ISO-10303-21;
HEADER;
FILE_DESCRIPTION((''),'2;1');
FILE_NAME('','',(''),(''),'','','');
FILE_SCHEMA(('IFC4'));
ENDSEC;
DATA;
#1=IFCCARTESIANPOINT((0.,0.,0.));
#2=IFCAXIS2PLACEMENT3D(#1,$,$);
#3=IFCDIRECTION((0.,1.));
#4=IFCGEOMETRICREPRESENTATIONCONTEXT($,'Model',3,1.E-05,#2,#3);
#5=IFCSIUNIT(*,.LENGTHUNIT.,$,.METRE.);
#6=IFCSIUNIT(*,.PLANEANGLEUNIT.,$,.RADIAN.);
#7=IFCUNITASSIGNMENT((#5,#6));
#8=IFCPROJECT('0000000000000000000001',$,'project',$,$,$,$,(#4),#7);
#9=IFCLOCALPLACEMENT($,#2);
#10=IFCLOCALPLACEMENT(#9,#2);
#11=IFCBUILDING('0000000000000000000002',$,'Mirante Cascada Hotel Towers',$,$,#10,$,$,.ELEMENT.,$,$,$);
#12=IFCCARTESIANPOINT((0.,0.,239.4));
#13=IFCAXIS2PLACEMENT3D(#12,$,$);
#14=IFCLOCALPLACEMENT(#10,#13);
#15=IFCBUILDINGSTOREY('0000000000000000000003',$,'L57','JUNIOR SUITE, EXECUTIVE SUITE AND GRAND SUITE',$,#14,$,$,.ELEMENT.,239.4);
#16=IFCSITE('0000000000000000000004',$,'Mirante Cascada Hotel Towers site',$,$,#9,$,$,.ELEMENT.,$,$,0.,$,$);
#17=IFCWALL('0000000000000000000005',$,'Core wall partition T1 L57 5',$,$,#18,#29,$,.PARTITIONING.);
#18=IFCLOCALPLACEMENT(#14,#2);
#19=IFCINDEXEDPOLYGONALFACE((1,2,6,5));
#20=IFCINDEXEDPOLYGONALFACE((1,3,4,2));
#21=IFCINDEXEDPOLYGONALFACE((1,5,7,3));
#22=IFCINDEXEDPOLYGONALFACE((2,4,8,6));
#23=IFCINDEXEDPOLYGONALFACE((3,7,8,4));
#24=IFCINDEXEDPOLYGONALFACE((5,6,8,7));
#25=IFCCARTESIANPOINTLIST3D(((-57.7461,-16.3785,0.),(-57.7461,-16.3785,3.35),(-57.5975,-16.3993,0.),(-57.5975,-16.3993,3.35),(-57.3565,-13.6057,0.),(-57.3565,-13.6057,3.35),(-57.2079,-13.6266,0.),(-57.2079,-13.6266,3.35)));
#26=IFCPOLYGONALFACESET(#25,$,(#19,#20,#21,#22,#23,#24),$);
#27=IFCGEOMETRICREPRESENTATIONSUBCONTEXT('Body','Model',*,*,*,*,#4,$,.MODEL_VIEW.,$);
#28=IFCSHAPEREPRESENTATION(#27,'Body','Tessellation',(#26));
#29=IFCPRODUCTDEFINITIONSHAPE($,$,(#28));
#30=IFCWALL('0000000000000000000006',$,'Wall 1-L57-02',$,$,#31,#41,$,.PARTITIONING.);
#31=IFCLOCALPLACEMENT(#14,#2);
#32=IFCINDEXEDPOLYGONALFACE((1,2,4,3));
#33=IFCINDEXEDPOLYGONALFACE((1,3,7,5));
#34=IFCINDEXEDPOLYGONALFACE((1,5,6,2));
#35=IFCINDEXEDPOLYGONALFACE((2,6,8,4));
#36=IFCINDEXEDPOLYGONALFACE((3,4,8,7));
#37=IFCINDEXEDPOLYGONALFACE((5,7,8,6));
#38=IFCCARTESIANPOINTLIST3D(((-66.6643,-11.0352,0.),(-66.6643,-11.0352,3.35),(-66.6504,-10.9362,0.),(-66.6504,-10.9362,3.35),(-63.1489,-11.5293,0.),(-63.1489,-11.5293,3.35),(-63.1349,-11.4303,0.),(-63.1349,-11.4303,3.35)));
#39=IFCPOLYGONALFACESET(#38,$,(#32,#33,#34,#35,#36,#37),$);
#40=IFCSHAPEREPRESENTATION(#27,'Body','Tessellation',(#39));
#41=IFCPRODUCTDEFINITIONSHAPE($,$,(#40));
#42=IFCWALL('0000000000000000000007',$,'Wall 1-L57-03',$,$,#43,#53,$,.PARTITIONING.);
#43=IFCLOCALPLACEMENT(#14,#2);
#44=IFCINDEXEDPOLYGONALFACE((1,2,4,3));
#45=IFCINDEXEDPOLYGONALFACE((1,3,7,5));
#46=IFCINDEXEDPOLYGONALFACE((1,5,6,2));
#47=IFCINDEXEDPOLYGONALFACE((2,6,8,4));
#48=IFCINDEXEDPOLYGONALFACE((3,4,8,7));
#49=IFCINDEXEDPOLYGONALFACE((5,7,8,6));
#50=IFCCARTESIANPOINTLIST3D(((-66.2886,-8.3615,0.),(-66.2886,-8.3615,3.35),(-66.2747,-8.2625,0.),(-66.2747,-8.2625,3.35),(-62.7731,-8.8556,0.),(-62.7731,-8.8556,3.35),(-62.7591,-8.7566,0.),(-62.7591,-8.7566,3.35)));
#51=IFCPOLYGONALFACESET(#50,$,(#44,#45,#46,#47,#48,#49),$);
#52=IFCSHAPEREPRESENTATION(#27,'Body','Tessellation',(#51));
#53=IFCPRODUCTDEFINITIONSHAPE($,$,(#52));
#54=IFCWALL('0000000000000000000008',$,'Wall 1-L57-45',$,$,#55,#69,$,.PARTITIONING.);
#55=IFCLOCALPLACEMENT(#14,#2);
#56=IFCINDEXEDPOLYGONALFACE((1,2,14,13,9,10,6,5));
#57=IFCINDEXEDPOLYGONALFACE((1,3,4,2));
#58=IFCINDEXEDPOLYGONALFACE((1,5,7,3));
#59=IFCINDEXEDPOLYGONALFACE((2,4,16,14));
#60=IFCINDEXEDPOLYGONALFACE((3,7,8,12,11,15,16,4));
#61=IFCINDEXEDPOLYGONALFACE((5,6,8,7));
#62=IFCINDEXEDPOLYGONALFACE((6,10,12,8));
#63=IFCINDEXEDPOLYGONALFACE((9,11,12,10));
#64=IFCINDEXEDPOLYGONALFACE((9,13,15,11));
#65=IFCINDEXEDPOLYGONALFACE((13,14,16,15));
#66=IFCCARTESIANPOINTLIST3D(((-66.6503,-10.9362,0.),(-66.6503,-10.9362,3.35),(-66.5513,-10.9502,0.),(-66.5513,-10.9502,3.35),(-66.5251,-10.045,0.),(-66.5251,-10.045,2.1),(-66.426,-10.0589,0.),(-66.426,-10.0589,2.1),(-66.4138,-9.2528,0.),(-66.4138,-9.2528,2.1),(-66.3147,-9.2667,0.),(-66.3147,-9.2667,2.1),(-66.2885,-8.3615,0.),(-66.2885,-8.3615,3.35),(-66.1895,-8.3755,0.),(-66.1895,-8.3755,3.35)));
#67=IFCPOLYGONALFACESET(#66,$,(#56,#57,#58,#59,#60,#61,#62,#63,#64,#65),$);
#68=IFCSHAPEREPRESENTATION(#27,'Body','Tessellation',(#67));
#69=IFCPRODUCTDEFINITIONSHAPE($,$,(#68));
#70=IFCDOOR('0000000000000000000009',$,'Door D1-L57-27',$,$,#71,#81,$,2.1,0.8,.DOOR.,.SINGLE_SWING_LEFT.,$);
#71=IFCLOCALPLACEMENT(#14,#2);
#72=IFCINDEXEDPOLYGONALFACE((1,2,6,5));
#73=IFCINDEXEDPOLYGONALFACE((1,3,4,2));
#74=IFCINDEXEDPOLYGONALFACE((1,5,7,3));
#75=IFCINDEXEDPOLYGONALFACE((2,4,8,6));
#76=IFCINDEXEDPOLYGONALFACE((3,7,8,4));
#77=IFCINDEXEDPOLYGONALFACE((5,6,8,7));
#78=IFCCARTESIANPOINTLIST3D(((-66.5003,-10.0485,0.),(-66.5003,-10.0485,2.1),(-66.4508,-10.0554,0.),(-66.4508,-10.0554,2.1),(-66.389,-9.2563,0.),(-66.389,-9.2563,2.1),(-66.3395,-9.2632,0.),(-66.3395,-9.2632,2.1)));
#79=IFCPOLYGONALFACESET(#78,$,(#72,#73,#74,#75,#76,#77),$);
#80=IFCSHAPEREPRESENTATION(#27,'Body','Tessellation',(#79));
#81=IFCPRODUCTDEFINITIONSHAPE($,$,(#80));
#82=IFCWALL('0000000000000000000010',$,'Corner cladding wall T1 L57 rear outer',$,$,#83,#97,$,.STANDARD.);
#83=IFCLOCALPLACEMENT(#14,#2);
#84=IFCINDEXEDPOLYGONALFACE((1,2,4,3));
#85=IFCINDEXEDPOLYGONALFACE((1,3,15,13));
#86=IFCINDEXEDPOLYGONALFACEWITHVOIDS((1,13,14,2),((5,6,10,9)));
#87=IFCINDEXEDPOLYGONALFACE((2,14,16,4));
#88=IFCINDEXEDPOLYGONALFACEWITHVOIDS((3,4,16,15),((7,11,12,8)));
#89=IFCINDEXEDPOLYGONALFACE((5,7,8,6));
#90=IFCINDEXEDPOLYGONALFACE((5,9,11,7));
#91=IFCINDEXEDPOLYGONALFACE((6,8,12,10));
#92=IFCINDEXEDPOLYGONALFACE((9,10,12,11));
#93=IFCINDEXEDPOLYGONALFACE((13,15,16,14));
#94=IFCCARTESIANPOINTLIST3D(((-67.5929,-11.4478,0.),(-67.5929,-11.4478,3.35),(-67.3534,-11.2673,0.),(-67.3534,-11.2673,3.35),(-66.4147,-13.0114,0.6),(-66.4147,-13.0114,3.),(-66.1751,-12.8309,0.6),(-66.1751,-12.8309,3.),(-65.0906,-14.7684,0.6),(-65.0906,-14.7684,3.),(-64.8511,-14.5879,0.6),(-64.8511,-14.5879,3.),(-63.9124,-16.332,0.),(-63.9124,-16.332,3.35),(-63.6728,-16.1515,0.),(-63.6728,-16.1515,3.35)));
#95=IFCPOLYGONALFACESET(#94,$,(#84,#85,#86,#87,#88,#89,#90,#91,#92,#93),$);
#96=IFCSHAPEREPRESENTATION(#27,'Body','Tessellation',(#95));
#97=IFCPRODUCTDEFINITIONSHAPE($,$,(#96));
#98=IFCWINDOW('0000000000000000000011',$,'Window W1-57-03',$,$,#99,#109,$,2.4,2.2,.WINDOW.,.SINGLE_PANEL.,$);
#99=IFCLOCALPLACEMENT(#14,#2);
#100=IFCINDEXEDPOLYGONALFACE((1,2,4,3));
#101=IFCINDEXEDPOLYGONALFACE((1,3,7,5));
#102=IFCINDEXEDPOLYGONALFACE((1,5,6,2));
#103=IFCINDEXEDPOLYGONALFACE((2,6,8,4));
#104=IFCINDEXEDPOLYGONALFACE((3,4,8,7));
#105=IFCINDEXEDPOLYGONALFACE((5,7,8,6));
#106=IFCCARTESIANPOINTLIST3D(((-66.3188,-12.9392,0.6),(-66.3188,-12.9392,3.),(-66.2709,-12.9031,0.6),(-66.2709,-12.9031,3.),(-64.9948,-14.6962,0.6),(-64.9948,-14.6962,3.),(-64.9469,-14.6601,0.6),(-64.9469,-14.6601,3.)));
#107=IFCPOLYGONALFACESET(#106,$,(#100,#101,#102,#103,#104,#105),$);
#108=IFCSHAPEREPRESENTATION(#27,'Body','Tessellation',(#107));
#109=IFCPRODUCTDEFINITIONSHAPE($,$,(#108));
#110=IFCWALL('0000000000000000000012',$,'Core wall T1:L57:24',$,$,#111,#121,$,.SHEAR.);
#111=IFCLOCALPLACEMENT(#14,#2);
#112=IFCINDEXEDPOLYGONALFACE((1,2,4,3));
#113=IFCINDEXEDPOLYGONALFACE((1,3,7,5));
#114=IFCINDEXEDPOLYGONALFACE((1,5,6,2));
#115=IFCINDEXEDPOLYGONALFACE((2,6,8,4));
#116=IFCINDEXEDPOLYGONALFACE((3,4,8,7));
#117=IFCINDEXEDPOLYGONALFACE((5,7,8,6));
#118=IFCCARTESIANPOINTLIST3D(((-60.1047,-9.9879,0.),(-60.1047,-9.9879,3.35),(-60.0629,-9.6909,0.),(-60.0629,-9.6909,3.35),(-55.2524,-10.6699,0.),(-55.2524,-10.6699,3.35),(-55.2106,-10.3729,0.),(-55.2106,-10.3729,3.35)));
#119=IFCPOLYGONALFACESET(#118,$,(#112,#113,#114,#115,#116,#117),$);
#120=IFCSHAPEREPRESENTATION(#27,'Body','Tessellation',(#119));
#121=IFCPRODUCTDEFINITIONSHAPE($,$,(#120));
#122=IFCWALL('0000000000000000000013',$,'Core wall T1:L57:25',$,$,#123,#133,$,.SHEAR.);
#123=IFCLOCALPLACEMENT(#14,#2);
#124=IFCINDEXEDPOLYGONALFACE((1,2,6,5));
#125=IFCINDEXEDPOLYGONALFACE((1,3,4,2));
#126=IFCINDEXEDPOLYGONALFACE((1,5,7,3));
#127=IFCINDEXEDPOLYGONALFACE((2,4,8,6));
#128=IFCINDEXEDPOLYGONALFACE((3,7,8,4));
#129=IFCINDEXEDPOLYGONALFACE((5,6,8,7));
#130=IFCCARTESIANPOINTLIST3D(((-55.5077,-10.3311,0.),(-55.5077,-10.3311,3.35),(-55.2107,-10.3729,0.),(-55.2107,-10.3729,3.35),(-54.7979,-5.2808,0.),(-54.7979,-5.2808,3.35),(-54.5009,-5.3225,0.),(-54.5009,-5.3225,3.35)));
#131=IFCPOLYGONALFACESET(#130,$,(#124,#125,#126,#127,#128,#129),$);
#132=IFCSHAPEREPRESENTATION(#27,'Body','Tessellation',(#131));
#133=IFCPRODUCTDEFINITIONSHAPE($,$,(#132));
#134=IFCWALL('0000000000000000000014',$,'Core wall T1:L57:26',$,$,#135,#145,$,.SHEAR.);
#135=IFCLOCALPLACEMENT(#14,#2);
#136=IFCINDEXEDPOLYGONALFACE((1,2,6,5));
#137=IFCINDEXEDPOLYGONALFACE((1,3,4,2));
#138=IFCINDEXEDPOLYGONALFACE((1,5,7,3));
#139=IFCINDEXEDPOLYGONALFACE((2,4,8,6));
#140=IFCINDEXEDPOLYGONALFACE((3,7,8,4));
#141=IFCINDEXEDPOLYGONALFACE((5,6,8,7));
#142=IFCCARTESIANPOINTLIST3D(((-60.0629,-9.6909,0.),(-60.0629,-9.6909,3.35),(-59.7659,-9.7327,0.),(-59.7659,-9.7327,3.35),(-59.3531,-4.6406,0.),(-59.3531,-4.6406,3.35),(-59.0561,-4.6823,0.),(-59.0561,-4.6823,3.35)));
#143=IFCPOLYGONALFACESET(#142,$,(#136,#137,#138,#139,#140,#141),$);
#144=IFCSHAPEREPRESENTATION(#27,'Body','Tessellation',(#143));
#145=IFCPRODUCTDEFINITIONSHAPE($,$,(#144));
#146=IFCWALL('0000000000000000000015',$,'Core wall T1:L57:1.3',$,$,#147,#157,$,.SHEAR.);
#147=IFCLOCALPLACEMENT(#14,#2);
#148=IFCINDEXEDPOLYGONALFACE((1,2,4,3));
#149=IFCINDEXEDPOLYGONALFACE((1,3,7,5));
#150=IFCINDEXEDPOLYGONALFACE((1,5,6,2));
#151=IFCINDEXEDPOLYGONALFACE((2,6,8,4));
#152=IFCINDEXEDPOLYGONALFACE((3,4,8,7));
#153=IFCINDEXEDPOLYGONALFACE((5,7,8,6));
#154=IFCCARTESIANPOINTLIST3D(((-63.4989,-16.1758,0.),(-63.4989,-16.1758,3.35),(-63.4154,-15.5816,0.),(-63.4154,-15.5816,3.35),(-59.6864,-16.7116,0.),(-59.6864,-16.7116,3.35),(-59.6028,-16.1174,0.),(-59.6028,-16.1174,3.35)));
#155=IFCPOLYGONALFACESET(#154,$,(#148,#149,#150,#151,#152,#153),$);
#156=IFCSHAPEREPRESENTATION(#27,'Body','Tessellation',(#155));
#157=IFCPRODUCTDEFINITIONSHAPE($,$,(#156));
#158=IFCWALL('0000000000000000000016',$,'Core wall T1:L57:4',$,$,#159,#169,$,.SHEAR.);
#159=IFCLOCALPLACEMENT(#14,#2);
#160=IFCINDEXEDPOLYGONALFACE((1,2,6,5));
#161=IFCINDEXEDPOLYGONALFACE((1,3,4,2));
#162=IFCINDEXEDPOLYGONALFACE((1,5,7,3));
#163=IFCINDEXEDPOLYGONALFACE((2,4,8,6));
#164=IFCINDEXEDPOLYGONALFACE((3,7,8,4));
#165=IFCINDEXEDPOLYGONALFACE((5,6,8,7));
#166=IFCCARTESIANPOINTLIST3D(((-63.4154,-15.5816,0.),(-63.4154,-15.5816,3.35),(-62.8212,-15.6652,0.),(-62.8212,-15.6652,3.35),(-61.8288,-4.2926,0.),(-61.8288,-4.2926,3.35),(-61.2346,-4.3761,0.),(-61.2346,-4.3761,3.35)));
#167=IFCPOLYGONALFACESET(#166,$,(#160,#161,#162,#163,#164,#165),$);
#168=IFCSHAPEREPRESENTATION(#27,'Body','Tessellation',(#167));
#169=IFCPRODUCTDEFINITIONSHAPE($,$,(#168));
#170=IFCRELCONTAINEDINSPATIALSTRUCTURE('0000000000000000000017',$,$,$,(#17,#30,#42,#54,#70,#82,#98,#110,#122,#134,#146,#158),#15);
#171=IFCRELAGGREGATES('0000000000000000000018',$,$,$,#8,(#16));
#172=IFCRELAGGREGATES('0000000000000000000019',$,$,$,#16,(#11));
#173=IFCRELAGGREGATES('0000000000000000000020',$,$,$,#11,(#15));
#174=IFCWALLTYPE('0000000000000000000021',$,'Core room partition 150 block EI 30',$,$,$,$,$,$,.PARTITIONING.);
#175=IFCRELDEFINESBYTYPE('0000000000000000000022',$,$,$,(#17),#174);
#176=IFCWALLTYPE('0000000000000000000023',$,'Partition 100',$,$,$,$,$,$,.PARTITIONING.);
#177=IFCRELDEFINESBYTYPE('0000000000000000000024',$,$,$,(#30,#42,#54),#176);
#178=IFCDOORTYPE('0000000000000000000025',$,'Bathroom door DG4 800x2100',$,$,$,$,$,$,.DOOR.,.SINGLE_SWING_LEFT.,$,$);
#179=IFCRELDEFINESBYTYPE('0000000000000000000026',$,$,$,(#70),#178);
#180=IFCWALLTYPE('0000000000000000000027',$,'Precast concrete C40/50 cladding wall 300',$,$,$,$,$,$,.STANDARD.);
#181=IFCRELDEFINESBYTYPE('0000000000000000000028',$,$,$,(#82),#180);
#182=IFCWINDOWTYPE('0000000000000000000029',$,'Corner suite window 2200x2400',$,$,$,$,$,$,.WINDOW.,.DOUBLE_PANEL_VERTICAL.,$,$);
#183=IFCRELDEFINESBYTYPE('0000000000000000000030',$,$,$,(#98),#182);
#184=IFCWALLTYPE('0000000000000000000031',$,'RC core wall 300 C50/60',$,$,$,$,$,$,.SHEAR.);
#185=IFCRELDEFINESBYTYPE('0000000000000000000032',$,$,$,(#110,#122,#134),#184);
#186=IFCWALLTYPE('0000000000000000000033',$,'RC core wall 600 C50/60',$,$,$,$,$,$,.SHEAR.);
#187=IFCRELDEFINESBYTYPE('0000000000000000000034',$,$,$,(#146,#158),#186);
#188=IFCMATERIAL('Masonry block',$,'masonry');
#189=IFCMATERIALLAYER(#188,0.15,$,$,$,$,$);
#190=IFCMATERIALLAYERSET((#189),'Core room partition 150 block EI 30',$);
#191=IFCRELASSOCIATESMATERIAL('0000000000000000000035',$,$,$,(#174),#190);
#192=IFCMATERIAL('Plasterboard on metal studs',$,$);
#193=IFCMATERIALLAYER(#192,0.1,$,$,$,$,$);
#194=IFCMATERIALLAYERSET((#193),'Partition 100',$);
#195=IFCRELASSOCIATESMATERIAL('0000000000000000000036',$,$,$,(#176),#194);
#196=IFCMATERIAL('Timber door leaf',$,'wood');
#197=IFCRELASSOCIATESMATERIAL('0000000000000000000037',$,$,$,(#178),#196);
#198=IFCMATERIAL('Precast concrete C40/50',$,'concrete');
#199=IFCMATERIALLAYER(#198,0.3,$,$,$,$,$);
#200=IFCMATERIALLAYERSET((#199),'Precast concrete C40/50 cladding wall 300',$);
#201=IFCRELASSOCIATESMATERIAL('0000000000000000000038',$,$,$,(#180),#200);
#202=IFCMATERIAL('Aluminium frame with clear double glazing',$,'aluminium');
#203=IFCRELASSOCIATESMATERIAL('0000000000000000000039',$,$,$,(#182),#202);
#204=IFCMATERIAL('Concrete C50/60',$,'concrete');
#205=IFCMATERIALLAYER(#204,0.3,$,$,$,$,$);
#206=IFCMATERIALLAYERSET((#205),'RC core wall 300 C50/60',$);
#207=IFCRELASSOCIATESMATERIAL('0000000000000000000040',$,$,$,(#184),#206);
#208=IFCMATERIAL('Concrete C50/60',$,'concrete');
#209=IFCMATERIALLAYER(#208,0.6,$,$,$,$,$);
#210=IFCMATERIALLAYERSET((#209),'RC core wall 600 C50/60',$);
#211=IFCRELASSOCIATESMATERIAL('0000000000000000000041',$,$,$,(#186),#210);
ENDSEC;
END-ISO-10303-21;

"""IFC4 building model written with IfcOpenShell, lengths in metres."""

from ifc_helpers import new_model, si_unit, direction, frame, frame_2d, origin, place, context, subcontext, project, spatial, rectangle, extrude, material, layer, layer_set, type_object, element, fill, save


model = new_model("IFC4")

# Units and contexts
model_context = context("Model", 3, precision=1e-05, world=origin(), true_north=direction((0.0, 1.0)))
body_context = subcontext(model_context, "Body", "Model", "MODEL_VIEW")
ifc_project = project(units=[si_unit("LENGTHUNIT", "METRE"), si_unit("PLANEANGLEUNIT", "RADIAN")], contexts=[model_context])

# Site, building, storey
site_placement = place(None, origin())
site = spatial("IfcSite", under=ifc_project, at=site_placement, Name="Mirante Cascada Hotel Towers site", CompositionType="ELEMENT", RefElevation=0.0)
building_placement = place(site_placement, origin())
building = spatial("IfcBuilding", under=site, at=building_placement, Name="Mirante Cascada Hotel Towers", CompositionType="ELEMENT")
storey_placement = place(building_placement, frame((0.0, 0.0, 239.4)))
storey = spatial("IfcBuildingStorey", under=building, at=storey_placement, Name="L57", Description="JUNIOR SUITE, EXECUTIVE SUITE AND GRAND SUITE", CompositionType="ELEMENT", Elevation=239.4)

# Walls
ifc_material_1 = material(Name="Masonry block", Category="masonry")
ifc_layer_1 = layer(ifc_material_1, 0.15)
ifc_layer_set_1 = layer_set([ifc_layer_1], Name="Core room partition 150 block EI 30")
wall_type_1 = type_object("IfcWallType", Name="Core room partition 150 block EI 30", PredefinedType="PARTITIONING", material=ifc_layer_set_1)
wall_1_placement = place(storey_placement, frame((-57.6718, -16.3889, 0.0), z_axis=(0.0, 0.0, 1.0), x_axis=(0.139141, 0.990273, 0.0)))
element("IfcWall", 1, at=wall_1_placement, inside=storey, type_object=wall_type_1, Name="Core wall partition T1 L57 5", PredefinedType="PARTITIONING", context=body_context, shape_type="SweptSolid", body=[
    extrude(rectangle(XDim=2.8, YDim=0.15, at=frame_2d((1.4, 0.0))), origin(), (0.0, 0.0, 1.0), 3.35),
])
ifc_material_2 = material(Name="Plasterboard on metal studs")
ifc_layer_2 = layer(ifc_material_2, 0.1)
ifc_layer_set_2 = layer_set([ifc_layer_2], Name="Partition 100")
wall_type_2 = type_object("IfcWallType", Name="Partition 100", PredefinedType="PARTITIONING", material=ifc_layer_set_2)
wall_2_placement = place(storey_placement, frame((-63.1419, -11.4798, 0.0), z_axis=(0.0, 0.0, 1.0), x_axis=(-0.990266, 0.139185, 0.0)))
element("IfcWall", 2, at=wall_2_placement, inside=storey, type_object=wall_type_2, Name="Wall 1-L57-02", PredefinedType="PARTITIONING", context=body_context, shape_type="SweptSolid", body=[
    extrude(rectangle(XDim=3.55, YDim=0.1, at=frame_2d((1.775, 0.0))), origin(), (0.0, 0.0, 1.0), 3.35),
])
wall_3_placement = place(storey_placement, frame((-66.2816, -8.312, 0.0), z_axis=(0.0, 0.0, 1.0), x_axis=(0.990267, -0.139181, 0.0)))
element("IfcWall", 3, at=wall_3_placement, inside=storey, type_object=wall_type_2, Name="Wall 1-L57-03", PredefinedType="PARTITIONING", context=body_context, shape_type="SweptSolid", body=[
    extrude(rectangle(XDim=3.5501, YDim=0.1, at=frame_2d((1.775, 0.0))), origin(), (0.0, 0.0, 1.0), 3.35),
])

# Wall, opening, door
wall_4_placement = place(storey_placement, frame((-66.239, -8.3685, 0.0), z_axis=(0.0, 0.0, 1.0), x_axis=(-0.139154, -0.990271, 0.0)))
wall_4 = element("IfcWall", 4, at=wall_4_placement, inside=storey, type_object=wall_type_2, Name="Wall 1-L57-45", PredefinedType="PARTITIONING", context=body_context, shape_type="SweptSolid", body=[
    extrude(rectangle(XDim=2.6, YDim=0.1, at=frame_2d((1.3, 0.0))), origin(), (0.0, 0.0, 1.0), 3.35),
])
opening_1_placement = place(wall_4_placement, frame((0.9, 0.0, 0.0)))
opening_1 = element("IfcOpeningElement", 5, at=opening_1_placement, cuts=wall_4, PredefinedType="OPENING", context=body_context, shape_type="SweptSolid", body=[
    extrude(rectangle(XDim=0.8, YDim=2.1, at=frame_2d((0.4, 1.05))), frame((0.0, 0.05, 0.0), z_axis=(0.0, -1.0, 0.0), x_axis=(1.0, 0.0, 0.0)), (0.0, 0.0, 1.0), 0.1),
])
ifc_material_3 = material(Name="Timber door leaf", Category="wood")
door_type = type_object("IfcDoorType", Name="Bathroom door DG4 800x2100", OperationType="SINGLE_SWING_LEFT", PredefinedType="DOOR", material=ifc_material_3)
door_placement = place(opening_1_placement, origin())
door = element("IfcDoor", 6, at=door_placement, inside=storey, type_object=door_type, Name="Door D1-L57-27", OperationType="SINGLE_SWING_LEFT", OverallHeight=2.1, OverallWidth=0.8, PredefinedType="DOOR", context=body_context, shape_type="SweptSolid", body=[
    extrude(rectangle(XDim=0.8, YDim=2.1, at=frame_2d((0.4, 1.05))), frame((0.0, 0.025, 0.0), z_axis=(0.0, -1.0, 0.0), x_axis=(1.0, 0.0, 0.0)), (0.0, 0.0, 1.0), 0.05),
])
fill(opening_1, door)

# Wall, opening, window
ifc_material_4 = material(Name="Precast concrete C40/50", Category="concrete")
ifc_layer_3 = layer(ifc_material_4, 0.3)
ifc_layer_set_3 = layer_set([ifc_layer_3], Name="Precast concrete C40/50 cladding wall 300")
wall_type_3 = type_object("IfcWallType", Name="Precast concrete C40/50 cladding wall 300", PredefinedType="STANDARD", material=ifc_layer_set_3)
wall_5_placement = place(storey_placement, frame((-63.7926, -16.2417, 0.0), z_axis=(0.0, 0.0, 1.0), x_axis=(-0.601824, 0.798628, 0.0)))
wall_5 = element("IfcWall", 7, at=wall_5_placement, inside=storey, type_object=wall_type_3, Name="Corner cladding wall T1 L57 rear outer", PredefinedType="STANDARD", context=body_context, shape_type="SweptSolid", body=[
    extrude(rectangle(XDim=6.1157, YDim=0.3, at=frame_2d((3.0578, 0.0))), origin(), (0.0, 0.0, 1.0), 3.35),
])
opening_2_placement = place(wall_5_placement, frame((1.9578, 0.0, 0.6)))
opening_2 = element("IfcOpeningElement", 8, at=opening_2_placement, cuts=wall_5, PredefinedType="OPENING", context=body_context, shape_type="SweptSolid", body=[
    extrude(rectangle(XDim=2.2, YDim=2.4, at=frame_2d((1.1, 1.2))), frame((0.0, 0.15, 0.0), z_axis=(0.0, -1.0, 0.0), x_axis=(1.0, 0.0, 0.0)), (0.0, 0.0, 1.0), 0.3),
])
ifc_material_5 = material(Name="Aluminium frame with clear double glazing", Category="aluminium")
window_type = type_object("IfcWindowType", Name="Corner suite window 2200x2400", PartitioningType="DOUBLE_PANEL_VERTICAL", PredefinedType="WINDOW", material=ifc_material_5)
window_placement = place(opening_2_placement, origin())
window = element("IfcWindow", 9, at=window_placement, inside=storey, type_object=window_type, Name="Window W1-57-03", OverallHeight=2.4, OverallWidth=2.2, PartitioningType="SINGLE_PANEL", PredefinedType="WINDOW", context=body_context, shape_type="SweptSolid", body=[
    extrude(rectangle(XDim=2.2, YDim=2.4, at=frame_2d((1.1, 1.2))), frame((0.0, 0.03, 0.0), z_axis=(0.0, -1.0, 0.0), x_axis=(1.0, 0.0, 0.0)), (0.0, 0.0, 1.0), 0.06),
])
fill(opening_2, window)

# Walls
ifc_material_6 = material(Name="Concrete C50/60", Category="concrete")
ifc_layer_4 = layer(ifc_material_6, 0.3)
ifc_layer_set_4 = layer_set([ifc_layer_4], Name="RC core wall 300 C50/60")
wall_type_4 = type_object("IfcWallType", Name="RC core wall 300 C50/60", PredefinedType="SHEAR", material=ifc_layer_set_4)
wall_6_placement = place(storey_placement, frame((-55.2315, -10.5214, 0.0), z_axis=(0.0, 0.0, 1.0), x_axis=(-0.990267, 0.139184, 0.0)))
element("IfcWall", 10, at=wall_6_placement, inside=storey, type_object=wall_type_4, Name="Core wall T1:L57:24", PredefinedType="SHEAR", context=body_context, shape_type="SweptSolid", body=[
    extrude(rectangle(XDim=4.9, YDim=0.3, at=frame_2d((2.45, 0.0))), origin(), (0.0, 0.0, 1.0), 3.35),
])
for number, where, z_axis, x_axis, name in (
    (11, (-55.3592, -10.352, 0.0), (0.0, 0.0, 1.0), (0.139176, 0.990268, 0.0), "Core wall T1:L57:25"),
    (12, (-59.9144, -9.7118, 0.0), (0.0, 0.0, 1.0), (0.139176, 0.990268, 0.0), "Core wall T1:L57:26"),
):
    element("IfcWall", number, at=place(storey_placement, frame(where, z_axis=z_axis, x_axis=x_axis)), inside=storey, type_object=wall_type_4, Name=name, PredefinedType="SHEAR", context=body_context, shape_type="SweptSolid", body=[
        extrude(rectangle(XDim=5.1, YDim=0.3, at=frame_2d((2.55, 0.0))), origin(), (0.0, 0.0, 1.0), 3.35),
    ])
ifc_material_7 = material(Name="Concrete C50/60", Category="concrete")
ifc_layer_5 = layer(ifc_material_7, 0.6)
ifc_layer_set_5 = layer_set([ifc_layer_5], Name="RC core wall 600 C50/60")
wall_type_5 = type_object("IfcWallType", Name="RC core wall 600 C50/60", PredefinedType="SHEAR", material=ifc_layer_set_5)
wall_7_placement = place(storey_placement, frame((-59.6446, -16.4145, 0.0), z_axis=(0.0, 0.0, 1.0), x_axis=(-0.990268, 0.13917, 0.0)))
element("IfcWall", 13, at=wall_7_placement, inside=storey, type_object=wall_type_5, Name="Core wall T1:L57:1.3", PredefinedType="SHEAR", context=body_context, shape_type="SweptSolid", body=[
    extrude(rectangle(XDim=3.85, YDim=0.6, at=frame_2d((1.925, 0.0))), origin(), (0.0, 0.0, 1.0), 3.35),
])
wall_8_placement = place(storey_placement, frame((-63.1183, -15.6234, 0.0), z_axis=(0.0, 0.0, 1.0), x_axis=(0.139175, 0.990268, 0.0)))
element("IfcWall", 14, at=wall_8_placement, inside=storey, type_object=wall_type_5, Name="Core wall T1:L57:4", PredefinedType="SHEAR", context=body_context, shape_type="SweptSolid", body=[
    extrude(rectangle(XDim=11.4, YDim=0.6, at=frame_2d((5.7, 0.0))), origin(), (0.0, 0.0, 1.0), 3.35),
])

save(model, "model.ifc")
